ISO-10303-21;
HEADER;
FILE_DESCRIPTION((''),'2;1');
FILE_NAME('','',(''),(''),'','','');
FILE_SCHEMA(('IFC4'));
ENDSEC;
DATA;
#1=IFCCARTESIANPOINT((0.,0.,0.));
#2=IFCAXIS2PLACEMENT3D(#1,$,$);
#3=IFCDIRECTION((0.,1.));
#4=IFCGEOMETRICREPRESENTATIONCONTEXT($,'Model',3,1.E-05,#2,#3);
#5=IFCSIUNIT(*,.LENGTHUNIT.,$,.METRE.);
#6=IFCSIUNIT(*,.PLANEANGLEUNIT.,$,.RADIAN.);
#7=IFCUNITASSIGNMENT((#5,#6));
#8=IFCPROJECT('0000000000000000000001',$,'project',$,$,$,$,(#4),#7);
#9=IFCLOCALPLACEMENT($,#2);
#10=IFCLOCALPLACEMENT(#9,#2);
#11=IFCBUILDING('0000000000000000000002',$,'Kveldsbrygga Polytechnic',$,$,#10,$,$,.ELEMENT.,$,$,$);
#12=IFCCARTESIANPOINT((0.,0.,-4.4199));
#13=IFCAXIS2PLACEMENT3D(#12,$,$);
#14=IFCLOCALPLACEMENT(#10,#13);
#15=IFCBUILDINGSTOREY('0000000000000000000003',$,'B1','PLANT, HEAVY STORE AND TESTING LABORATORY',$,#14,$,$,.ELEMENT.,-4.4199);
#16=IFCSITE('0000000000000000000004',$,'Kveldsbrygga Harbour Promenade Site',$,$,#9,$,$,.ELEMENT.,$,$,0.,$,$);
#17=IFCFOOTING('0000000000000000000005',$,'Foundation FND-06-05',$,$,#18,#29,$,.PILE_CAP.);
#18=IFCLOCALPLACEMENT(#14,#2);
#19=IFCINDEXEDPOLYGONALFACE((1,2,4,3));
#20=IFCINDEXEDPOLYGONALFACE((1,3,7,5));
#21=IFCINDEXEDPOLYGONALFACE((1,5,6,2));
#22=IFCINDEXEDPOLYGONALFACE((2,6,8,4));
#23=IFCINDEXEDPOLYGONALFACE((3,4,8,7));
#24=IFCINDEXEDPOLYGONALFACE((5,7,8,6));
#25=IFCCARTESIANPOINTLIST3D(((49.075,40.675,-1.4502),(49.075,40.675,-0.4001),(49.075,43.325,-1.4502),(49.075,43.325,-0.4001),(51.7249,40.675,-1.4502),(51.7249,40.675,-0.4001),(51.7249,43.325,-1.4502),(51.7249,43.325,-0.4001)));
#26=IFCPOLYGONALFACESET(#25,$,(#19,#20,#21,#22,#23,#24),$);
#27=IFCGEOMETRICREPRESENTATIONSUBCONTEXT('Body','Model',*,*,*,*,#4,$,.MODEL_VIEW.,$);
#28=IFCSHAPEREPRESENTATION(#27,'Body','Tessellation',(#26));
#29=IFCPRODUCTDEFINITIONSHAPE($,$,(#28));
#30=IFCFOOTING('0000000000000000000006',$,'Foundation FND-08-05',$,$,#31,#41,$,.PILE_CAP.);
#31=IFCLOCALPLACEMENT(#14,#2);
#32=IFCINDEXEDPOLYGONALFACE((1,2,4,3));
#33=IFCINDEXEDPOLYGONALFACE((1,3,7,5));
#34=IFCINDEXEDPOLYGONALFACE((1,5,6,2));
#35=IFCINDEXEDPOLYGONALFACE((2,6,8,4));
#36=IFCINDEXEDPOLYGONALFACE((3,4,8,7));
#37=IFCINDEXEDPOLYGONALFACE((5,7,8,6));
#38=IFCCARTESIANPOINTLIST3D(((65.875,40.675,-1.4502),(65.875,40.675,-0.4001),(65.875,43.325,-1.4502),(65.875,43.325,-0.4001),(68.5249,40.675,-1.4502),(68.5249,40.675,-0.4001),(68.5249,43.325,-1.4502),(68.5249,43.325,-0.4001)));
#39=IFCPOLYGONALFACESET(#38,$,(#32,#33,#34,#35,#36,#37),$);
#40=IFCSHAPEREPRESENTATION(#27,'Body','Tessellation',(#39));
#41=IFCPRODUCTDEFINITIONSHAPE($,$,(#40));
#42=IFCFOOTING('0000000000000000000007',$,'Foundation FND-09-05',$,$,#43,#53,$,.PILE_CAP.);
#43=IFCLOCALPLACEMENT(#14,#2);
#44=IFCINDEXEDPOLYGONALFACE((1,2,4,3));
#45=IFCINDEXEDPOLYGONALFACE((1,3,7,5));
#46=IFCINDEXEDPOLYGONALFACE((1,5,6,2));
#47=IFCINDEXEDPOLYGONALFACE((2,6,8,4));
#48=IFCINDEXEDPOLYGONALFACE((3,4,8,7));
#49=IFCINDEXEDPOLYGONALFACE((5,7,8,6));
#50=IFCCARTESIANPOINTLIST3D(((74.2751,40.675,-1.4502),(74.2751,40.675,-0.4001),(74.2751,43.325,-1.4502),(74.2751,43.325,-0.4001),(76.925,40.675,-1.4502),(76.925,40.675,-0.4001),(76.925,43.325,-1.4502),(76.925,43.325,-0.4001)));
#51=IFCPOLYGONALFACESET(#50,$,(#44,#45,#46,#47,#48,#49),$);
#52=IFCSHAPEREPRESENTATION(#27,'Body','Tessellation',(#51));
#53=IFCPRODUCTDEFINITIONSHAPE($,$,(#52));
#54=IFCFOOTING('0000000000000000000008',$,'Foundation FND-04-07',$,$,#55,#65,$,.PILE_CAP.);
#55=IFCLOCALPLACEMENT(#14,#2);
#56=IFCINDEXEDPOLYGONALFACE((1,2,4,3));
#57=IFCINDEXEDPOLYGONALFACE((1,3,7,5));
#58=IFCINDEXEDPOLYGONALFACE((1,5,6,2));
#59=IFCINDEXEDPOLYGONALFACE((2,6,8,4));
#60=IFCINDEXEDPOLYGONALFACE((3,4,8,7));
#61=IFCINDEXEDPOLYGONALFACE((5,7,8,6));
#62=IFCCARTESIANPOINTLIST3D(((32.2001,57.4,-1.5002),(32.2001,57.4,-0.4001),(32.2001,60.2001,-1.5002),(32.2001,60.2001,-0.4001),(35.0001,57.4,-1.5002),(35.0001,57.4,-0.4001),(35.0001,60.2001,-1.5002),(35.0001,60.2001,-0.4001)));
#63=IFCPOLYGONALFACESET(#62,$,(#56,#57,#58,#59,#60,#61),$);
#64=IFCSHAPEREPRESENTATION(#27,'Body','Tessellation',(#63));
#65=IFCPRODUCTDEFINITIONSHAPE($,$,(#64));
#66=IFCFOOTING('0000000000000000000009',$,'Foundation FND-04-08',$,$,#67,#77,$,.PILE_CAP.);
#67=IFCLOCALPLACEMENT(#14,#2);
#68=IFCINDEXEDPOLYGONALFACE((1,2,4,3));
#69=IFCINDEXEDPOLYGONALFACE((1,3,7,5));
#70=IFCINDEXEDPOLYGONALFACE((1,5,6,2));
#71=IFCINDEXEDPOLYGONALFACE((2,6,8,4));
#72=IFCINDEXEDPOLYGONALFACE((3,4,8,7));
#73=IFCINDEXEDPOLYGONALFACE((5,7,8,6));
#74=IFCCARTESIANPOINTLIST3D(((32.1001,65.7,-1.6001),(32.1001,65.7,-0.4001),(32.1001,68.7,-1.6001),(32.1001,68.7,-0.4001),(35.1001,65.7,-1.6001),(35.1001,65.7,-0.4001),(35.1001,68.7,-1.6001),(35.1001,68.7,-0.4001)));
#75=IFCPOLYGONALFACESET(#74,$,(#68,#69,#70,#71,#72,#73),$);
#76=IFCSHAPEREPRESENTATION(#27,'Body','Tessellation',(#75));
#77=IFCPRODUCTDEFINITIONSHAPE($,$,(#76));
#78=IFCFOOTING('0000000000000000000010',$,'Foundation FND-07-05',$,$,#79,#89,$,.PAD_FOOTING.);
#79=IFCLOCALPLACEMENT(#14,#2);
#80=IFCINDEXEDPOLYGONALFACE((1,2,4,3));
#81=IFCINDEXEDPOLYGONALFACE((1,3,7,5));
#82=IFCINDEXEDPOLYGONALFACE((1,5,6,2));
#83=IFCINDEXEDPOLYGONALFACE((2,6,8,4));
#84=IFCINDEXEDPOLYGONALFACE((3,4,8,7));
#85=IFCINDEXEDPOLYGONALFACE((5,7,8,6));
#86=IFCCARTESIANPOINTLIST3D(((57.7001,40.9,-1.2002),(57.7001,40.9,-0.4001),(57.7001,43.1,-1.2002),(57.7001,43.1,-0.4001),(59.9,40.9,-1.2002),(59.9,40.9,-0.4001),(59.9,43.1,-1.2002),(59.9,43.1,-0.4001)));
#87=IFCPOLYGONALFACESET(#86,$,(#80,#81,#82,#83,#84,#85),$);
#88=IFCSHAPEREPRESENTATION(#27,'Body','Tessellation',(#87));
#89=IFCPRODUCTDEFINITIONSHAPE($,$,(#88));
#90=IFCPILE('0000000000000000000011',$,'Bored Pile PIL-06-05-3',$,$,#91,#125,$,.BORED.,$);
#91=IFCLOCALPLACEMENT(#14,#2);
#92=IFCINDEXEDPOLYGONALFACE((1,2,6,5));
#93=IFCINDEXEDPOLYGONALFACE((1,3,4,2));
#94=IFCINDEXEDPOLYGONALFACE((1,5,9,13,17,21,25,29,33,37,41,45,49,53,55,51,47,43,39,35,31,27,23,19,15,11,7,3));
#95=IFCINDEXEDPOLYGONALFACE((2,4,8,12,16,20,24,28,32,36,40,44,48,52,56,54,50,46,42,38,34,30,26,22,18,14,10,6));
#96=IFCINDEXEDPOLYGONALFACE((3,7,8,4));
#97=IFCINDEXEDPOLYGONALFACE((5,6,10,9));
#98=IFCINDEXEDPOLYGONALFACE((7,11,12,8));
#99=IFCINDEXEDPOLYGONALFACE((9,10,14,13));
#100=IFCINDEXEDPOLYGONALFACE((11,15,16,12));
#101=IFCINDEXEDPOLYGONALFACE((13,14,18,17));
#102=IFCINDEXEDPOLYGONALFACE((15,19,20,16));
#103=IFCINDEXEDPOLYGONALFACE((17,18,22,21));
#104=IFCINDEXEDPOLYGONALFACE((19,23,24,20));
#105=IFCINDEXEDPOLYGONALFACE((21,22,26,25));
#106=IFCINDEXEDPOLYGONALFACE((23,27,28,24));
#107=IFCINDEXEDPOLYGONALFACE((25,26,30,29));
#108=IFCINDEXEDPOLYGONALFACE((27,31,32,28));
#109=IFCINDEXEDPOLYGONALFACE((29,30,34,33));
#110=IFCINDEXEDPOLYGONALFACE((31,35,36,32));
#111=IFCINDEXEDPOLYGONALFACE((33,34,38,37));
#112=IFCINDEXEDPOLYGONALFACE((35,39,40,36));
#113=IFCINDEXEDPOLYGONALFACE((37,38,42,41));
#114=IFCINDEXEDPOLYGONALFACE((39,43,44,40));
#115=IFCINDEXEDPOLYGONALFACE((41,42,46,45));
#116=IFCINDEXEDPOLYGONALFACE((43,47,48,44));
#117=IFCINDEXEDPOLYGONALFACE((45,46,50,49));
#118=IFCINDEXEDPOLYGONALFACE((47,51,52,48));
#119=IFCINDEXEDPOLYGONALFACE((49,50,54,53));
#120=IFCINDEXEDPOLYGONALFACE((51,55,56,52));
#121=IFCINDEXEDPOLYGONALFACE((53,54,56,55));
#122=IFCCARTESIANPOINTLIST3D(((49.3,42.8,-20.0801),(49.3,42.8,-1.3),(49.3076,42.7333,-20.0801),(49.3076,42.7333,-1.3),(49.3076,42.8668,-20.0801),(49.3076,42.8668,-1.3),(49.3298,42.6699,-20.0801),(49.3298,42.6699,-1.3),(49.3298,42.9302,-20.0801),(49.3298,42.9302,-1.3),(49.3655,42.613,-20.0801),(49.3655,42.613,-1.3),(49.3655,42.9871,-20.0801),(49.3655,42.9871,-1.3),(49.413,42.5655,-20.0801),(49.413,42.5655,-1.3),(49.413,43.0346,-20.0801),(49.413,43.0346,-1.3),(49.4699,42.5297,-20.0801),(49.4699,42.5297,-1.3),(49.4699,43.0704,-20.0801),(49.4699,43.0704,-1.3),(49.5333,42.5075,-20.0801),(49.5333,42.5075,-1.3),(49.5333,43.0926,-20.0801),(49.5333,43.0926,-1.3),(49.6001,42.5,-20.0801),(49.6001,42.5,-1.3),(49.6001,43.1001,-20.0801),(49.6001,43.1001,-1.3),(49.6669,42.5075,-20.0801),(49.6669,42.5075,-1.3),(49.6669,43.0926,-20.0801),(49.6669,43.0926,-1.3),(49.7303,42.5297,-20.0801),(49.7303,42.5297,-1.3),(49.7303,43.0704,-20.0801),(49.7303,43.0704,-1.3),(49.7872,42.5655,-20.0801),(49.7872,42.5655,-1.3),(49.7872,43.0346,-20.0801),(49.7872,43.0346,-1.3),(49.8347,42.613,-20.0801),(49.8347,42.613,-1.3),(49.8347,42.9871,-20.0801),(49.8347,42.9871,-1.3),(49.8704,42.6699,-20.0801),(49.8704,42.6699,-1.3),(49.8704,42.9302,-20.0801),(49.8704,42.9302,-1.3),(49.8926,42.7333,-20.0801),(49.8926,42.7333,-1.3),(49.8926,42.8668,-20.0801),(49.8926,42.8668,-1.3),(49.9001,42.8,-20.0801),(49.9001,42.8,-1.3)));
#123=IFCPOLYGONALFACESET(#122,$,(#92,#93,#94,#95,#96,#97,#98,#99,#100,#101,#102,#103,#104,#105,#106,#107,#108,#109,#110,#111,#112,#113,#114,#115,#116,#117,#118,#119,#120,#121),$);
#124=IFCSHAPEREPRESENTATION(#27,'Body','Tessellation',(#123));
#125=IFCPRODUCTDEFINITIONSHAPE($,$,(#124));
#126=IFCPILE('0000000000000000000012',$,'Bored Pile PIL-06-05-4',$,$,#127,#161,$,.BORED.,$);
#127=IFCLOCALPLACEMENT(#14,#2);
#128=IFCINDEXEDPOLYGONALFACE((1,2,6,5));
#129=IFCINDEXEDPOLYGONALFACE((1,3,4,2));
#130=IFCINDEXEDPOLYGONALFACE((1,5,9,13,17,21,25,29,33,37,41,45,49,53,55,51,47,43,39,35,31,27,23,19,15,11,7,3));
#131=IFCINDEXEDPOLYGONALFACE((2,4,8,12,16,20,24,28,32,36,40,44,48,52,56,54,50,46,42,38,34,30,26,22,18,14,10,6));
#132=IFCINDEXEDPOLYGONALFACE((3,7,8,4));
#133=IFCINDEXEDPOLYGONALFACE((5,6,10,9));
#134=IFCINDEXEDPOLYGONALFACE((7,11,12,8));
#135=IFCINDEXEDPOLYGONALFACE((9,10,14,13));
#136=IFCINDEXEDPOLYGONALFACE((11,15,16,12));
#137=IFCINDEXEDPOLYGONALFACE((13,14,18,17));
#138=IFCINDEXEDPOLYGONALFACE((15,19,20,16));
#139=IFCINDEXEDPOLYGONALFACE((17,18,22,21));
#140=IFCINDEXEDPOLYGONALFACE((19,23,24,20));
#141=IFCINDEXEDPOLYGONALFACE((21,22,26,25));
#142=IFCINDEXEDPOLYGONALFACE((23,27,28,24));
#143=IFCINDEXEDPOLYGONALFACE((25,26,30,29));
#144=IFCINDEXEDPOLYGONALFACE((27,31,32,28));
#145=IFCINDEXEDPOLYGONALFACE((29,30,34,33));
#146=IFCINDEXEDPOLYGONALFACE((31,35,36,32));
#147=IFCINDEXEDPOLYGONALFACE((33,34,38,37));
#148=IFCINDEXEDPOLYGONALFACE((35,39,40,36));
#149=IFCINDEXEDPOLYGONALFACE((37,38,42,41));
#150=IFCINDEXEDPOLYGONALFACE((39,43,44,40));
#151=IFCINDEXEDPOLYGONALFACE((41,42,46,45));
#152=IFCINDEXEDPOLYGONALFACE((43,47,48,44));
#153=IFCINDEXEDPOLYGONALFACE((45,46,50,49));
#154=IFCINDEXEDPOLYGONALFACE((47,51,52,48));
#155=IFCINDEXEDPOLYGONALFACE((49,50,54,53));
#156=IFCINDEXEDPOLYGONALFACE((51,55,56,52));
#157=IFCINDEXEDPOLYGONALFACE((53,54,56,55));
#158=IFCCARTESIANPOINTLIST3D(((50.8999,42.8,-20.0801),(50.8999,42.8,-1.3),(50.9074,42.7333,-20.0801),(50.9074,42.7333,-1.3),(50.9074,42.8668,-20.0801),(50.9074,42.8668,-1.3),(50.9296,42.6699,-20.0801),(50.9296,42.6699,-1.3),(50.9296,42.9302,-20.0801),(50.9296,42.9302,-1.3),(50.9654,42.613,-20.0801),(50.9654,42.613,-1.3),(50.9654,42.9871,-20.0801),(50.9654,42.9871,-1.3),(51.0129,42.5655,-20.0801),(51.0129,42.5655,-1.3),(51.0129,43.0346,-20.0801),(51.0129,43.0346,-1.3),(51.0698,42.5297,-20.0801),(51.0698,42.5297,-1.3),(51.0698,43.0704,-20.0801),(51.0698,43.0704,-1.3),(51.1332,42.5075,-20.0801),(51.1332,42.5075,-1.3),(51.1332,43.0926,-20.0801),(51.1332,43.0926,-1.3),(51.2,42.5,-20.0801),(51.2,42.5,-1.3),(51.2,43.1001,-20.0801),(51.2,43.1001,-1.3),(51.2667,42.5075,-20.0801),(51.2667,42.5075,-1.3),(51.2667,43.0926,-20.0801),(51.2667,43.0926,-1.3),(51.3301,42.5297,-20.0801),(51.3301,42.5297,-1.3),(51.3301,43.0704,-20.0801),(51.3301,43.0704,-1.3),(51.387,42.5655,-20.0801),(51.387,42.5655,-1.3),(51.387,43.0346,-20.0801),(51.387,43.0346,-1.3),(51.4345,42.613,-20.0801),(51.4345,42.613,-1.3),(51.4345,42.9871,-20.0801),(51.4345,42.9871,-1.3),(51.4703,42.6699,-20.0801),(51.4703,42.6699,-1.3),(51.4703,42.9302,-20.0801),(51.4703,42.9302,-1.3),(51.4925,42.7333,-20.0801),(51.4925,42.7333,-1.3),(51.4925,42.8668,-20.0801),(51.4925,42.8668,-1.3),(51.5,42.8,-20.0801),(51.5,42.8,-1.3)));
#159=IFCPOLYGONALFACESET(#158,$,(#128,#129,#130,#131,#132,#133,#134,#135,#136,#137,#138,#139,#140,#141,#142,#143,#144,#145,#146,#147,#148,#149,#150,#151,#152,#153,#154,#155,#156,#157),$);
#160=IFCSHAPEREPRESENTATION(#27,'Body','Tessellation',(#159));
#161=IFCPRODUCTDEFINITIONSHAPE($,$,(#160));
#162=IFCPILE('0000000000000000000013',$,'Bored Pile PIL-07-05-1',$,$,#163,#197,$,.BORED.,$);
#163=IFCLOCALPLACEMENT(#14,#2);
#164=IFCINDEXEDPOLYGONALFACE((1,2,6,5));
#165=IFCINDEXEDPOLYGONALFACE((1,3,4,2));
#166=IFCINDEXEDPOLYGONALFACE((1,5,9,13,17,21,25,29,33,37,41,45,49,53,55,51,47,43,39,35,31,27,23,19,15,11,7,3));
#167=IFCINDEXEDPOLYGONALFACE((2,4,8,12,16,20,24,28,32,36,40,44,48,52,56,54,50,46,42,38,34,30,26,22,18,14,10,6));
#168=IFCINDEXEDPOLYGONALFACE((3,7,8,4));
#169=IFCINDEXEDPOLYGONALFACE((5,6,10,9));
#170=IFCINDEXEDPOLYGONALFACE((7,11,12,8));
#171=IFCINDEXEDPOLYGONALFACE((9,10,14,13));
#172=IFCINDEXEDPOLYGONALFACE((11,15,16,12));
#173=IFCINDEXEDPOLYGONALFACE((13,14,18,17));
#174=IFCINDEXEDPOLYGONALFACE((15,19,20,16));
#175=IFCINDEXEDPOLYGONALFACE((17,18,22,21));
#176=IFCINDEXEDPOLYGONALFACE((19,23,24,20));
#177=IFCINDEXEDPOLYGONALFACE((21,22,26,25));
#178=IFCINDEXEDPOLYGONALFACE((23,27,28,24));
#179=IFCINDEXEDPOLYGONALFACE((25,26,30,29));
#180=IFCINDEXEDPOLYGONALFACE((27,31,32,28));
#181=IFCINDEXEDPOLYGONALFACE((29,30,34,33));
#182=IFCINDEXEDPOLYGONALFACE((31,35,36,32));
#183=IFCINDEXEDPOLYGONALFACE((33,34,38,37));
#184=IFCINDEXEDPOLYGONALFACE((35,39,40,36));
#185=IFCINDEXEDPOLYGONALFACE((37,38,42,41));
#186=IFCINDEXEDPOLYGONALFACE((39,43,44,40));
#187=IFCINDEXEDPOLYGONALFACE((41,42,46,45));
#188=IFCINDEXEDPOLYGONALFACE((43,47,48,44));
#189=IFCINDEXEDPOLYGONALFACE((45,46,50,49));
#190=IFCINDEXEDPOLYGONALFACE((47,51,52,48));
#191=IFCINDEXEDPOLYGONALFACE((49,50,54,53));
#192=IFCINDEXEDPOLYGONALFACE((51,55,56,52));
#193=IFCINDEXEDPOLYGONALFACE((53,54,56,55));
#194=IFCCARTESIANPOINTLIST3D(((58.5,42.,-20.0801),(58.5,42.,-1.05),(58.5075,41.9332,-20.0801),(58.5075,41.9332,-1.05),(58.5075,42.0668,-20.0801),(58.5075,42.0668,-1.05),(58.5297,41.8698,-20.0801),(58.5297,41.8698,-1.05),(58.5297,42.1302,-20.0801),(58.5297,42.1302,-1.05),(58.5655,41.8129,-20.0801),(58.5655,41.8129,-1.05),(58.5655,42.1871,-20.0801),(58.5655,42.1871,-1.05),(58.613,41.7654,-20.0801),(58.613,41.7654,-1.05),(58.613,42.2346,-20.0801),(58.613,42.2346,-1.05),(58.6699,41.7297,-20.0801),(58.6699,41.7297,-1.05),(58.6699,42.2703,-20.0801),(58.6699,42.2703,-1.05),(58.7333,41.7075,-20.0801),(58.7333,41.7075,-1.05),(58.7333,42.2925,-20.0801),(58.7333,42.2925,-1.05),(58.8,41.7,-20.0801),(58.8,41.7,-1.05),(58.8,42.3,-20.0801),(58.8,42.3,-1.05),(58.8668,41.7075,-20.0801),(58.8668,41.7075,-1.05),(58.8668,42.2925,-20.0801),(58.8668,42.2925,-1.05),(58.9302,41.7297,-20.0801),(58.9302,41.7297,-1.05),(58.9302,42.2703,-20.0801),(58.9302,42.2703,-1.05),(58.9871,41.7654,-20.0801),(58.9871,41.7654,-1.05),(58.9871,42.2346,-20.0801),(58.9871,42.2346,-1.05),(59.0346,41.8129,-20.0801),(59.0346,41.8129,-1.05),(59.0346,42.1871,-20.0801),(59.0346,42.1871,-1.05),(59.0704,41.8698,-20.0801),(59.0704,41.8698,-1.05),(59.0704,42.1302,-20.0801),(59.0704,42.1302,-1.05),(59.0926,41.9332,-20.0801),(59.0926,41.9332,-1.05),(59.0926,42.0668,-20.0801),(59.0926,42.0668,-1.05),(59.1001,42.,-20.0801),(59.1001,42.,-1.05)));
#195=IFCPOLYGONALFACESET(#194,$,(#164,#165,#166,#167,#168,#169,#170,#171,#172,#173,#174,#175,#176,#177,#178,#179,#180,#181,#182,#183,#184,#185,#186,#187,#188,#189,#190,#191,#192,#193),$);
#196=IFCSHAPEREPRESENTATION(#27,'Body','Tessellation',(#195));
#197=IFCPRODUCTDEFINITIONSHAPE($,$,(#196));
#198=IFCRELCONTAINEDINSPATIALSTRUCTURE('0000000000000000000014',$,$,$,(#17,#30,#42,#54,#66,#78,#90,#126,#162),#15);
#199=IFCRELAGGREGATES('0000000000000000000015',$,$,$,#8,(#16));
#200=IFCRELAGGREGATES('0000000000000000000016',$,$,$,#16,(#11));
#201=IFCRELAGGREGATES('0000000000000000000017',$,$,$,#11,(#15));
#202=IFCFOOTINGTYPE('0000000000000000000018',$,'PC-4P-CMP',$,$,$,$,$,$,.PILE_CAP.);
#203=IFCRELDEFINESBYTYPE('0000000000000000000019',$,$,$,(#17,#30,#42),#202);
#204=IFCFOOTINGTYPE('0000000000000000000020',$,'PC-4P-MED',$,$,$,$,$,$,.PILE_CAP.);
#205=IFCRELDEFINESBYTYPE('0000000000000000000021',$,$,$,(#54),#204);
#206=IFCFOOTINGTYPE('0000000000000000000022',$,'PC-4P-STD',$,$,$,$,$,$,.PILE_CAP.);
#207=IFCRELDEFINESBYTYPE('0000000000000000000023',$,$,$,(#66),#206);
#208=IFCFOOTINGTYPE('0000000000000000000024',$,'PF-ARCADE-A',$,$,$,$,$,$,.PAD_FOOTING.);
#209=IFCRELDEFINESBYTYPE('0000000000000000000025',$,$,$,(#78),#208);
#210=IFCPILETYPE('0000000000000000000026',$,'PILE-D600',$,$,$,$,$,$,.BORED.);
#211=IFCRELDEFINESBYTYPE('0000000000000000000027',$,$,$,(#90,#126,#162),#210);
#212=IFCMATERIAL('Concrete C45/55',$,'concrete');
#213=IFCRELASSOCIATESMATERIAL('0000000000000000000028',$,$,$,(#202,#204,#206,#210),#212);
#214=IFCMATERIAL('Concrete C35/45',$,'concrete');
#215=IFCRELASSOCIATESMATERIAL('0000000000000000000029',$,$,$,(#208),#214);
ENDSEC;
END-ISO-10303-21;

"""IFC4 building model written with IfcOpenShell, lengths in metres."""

from ifc_helpers import new_model, si_unit, direction, frame, origin, origin_2d, place, context, subcontext, project, spatial, rectangle, circle, extrude, material, material_profile, profile_set, type_object, element, save


model = new_model("IFC4")

# Units and contexts
model_context = context("Model", 3, precision=1e-05, world=origin(), true_north=direction((0.0, 1.0)))
body_context = subcontext(model_context, "Body", "Model", "MODEL_VIEW")
ifc_project = project(units=[si_unit("LENGTHUNIT", "METRE"), si_unit("PLANEANGLEUNIT", "RADIAN")], contexts=[model_context])

# Site, building, storey
site_placement = place(None, origin())
site = spatial("IfcSite", under=ifc_project, at=site_placement, Name="Kveldsbrygga Harbour Promenade Site", CompositionType="ELEMENT", RefElevation=0.0)
building_placement = place(site_placement, origin())
building = spatial("IfcBuilding", under=site, at=building_placement, Name="Kveldsbrygga Polytechnic", CompositionType="ELEMENT")
storey_placement = place(building_placement, frame((0.0, 0.0, -4.4199)))
storey = spatial("IfcBuildingStorey", under=building, at=storey_placement, Name="B1", Description="PLANT, HEAVY STORE AND TESTING LABORATORY", CompositionType="ELEMENT", Elevation=-4.4199)

# Footings
ifc_material_1 = material(Name="Concrete C45/55", Category="concrete")
footing_type_1 = type_object("IfcFootingType", Name="PC-4P-CMP", PredefinedType="PILE_CAP", material=ifc_material_1)
for number, where, z_axis, x_axis, name in (
    (1, (50.3999, 42.0, -1.4502), (0.0, 0.0, 1.0), (1.0, 0.0, 0.0), "Foundation FND-06-05"),
    (2, (67.2, 42.0, -1.4502), (0.0, 0.0, 1.0), (1.0, 0.0, 0.0), "Foundation FND-08-05"),
    (3, (75.6001, 42.0, -1.4502), (0.0, 0.0, 1.0), (1.0, 0.0, 0.0), "Foundation FND-09-05"),
):
    element("IfcFooting", number, at=place(storey_placement, frame(where, z_axis=z_axis, x_axis=x_axis)), inside=storey, type_object=footing_type_1, Name=name, PredefinedType="PILE_CAP", context=body_context, shape_type="SweptSolid", body=[
        extrude(rectangle(XDim=2.6499, YDim=2.6499, at=origin_2d()), origin(), (0.0, 0.0, 1.0), 1.05),
    ])
footing_type_2 = type_object("IfcFootingType", Name="PC-4P-MED", PredefinedType="PILE_CAP", material=ifc_material_1)
footing_1_placement = place(storey_placement, frame((33.6001, 58.8, -1.5002), z_axis=(0.0, 0.0, 1.0), x_axis=(1.0, 0.0, 0.0)))
element("IfcFooting", 4, at=footing_1_placement, inside=storey, type_object=footing_type_2, Name="Foundation FND-04-07", PredefinedType="PILE_CAP", context=body_context, shape_type="SweptSolid", body=[
    extrude(rectangle(XDim=2.8, YDim=2.8, at=origin_2d()), origin(), (0.0, 0.0, 1.0), 1.1001),
])
footing_type_3 = type_object("IfcFootingType", Name="PC-4P-STD", PredefinedType="PILE_CAP", material=ifc_material_1)
footing_2_placement = place(storey_placement, frame((33.6001, 67.2, -1.6001), z_axis=(0.0, 0.0, 1.0), x_axis=(1.0, 0.0, 0.0)))
element("IfcFooting", 5, at=footing_2_placement, inside=storey, type_object=footing_type_3, Name="Foundation FND-04-08", PredefinedType="PILE_CAP", context=body_context, shape_type="SweptSolid", body=[
    extrude(rectangle(XDim=3.0, YDim=3.0, at=origin_2d()), origin(), (0.0, 0.0, 1.0), 1.2),
])
ifc_material_2 = material(Name="Concrete C35/45", Category="concrete")
footing_type_4 = type_object("IfcFootingType", Name="PF-ARCADE-A", PredefinedType="PAD_FOOTING", material=ifc_material_2)
footing_3_placement = place(storey_placement, frame((58.8, 42.0, -1.2002), z_axis=(0.0, 0.0, 1.0), x_axis=(1.0, 0.0, 0.0)))
element("IfcFooting", 6, at=footing_3_placement, inside=storey, type_object=footing_type_4, Name="Foundation FND-07-05", PredefinedType="PAD_FOOTING", context=body_context, shape_type="SweptSolid", body=[
    extrude(rectangle(XDim=2.2, YDim=2.2, at=origin_2d()), origin(), (0.0, 0.0, 1.0), 0.8),
])

# Piles
ifc_material_profile_1 = material_profile(ifc_material_1, circle(Radius=0.3, at=origin_2d()), Name="PILE D600")
ifc_profile_set_1 = profile_set([ifc_material_profile_1], Name="Concrete C45/55")
pile_type_1 = type_object("IfcPileType", Name="PILE-D600", PredefinedType="BORED", material=ifc_profile_set_1)
for number, where, z_axis, x_axis, name in (
    (7, (49.6001, 42.8, -1.3), (0.0, 0.0, -1.0), (1.0, 0.0, 0.0), "Bored Pile PIL-06-05-3"),
    (8, (51.2, 42.8, -1.3), (0.0, 0.0, -1.0), (1.0, 0.0, 0.0), "Bored Pile PIL-06-05-4"),
):
    element("IfcPile", number, at=place(storey_placement, frame(where, z_axis=z_axis, x_axis=x_axis)), inside=storey, type_object=pile_type_1, Name=name, PredefinedType="BORED", context=body_context, shape_type="SweptSolid", body=[
        extrude(circle(Radius=0.3, at=origin_2d()), origin(), (0.0, 0.0, 1.0), 18.78),
    ])
pile_1_placement = place(storey_placement, frame((58.8, 42.0, -1.05), z_axis=(0.0, 0.0, -1.0), x_axis=(1.0, 0.0, 0.0)))
element("IfcPile", 9, at=pile_1_placement, inside=storey, type_object=pile_type_1, Name="Bored Pile PIL-07-05-1", PredefinedType="BORED", context=body_context, shape_type="SweptSolid", body=[
    extrude(circle(Radius=0.3, at=origin_2d()), origin(), (0.0, 0.0, 1.0), 19.03),
])

save(model, "model.ifc")
